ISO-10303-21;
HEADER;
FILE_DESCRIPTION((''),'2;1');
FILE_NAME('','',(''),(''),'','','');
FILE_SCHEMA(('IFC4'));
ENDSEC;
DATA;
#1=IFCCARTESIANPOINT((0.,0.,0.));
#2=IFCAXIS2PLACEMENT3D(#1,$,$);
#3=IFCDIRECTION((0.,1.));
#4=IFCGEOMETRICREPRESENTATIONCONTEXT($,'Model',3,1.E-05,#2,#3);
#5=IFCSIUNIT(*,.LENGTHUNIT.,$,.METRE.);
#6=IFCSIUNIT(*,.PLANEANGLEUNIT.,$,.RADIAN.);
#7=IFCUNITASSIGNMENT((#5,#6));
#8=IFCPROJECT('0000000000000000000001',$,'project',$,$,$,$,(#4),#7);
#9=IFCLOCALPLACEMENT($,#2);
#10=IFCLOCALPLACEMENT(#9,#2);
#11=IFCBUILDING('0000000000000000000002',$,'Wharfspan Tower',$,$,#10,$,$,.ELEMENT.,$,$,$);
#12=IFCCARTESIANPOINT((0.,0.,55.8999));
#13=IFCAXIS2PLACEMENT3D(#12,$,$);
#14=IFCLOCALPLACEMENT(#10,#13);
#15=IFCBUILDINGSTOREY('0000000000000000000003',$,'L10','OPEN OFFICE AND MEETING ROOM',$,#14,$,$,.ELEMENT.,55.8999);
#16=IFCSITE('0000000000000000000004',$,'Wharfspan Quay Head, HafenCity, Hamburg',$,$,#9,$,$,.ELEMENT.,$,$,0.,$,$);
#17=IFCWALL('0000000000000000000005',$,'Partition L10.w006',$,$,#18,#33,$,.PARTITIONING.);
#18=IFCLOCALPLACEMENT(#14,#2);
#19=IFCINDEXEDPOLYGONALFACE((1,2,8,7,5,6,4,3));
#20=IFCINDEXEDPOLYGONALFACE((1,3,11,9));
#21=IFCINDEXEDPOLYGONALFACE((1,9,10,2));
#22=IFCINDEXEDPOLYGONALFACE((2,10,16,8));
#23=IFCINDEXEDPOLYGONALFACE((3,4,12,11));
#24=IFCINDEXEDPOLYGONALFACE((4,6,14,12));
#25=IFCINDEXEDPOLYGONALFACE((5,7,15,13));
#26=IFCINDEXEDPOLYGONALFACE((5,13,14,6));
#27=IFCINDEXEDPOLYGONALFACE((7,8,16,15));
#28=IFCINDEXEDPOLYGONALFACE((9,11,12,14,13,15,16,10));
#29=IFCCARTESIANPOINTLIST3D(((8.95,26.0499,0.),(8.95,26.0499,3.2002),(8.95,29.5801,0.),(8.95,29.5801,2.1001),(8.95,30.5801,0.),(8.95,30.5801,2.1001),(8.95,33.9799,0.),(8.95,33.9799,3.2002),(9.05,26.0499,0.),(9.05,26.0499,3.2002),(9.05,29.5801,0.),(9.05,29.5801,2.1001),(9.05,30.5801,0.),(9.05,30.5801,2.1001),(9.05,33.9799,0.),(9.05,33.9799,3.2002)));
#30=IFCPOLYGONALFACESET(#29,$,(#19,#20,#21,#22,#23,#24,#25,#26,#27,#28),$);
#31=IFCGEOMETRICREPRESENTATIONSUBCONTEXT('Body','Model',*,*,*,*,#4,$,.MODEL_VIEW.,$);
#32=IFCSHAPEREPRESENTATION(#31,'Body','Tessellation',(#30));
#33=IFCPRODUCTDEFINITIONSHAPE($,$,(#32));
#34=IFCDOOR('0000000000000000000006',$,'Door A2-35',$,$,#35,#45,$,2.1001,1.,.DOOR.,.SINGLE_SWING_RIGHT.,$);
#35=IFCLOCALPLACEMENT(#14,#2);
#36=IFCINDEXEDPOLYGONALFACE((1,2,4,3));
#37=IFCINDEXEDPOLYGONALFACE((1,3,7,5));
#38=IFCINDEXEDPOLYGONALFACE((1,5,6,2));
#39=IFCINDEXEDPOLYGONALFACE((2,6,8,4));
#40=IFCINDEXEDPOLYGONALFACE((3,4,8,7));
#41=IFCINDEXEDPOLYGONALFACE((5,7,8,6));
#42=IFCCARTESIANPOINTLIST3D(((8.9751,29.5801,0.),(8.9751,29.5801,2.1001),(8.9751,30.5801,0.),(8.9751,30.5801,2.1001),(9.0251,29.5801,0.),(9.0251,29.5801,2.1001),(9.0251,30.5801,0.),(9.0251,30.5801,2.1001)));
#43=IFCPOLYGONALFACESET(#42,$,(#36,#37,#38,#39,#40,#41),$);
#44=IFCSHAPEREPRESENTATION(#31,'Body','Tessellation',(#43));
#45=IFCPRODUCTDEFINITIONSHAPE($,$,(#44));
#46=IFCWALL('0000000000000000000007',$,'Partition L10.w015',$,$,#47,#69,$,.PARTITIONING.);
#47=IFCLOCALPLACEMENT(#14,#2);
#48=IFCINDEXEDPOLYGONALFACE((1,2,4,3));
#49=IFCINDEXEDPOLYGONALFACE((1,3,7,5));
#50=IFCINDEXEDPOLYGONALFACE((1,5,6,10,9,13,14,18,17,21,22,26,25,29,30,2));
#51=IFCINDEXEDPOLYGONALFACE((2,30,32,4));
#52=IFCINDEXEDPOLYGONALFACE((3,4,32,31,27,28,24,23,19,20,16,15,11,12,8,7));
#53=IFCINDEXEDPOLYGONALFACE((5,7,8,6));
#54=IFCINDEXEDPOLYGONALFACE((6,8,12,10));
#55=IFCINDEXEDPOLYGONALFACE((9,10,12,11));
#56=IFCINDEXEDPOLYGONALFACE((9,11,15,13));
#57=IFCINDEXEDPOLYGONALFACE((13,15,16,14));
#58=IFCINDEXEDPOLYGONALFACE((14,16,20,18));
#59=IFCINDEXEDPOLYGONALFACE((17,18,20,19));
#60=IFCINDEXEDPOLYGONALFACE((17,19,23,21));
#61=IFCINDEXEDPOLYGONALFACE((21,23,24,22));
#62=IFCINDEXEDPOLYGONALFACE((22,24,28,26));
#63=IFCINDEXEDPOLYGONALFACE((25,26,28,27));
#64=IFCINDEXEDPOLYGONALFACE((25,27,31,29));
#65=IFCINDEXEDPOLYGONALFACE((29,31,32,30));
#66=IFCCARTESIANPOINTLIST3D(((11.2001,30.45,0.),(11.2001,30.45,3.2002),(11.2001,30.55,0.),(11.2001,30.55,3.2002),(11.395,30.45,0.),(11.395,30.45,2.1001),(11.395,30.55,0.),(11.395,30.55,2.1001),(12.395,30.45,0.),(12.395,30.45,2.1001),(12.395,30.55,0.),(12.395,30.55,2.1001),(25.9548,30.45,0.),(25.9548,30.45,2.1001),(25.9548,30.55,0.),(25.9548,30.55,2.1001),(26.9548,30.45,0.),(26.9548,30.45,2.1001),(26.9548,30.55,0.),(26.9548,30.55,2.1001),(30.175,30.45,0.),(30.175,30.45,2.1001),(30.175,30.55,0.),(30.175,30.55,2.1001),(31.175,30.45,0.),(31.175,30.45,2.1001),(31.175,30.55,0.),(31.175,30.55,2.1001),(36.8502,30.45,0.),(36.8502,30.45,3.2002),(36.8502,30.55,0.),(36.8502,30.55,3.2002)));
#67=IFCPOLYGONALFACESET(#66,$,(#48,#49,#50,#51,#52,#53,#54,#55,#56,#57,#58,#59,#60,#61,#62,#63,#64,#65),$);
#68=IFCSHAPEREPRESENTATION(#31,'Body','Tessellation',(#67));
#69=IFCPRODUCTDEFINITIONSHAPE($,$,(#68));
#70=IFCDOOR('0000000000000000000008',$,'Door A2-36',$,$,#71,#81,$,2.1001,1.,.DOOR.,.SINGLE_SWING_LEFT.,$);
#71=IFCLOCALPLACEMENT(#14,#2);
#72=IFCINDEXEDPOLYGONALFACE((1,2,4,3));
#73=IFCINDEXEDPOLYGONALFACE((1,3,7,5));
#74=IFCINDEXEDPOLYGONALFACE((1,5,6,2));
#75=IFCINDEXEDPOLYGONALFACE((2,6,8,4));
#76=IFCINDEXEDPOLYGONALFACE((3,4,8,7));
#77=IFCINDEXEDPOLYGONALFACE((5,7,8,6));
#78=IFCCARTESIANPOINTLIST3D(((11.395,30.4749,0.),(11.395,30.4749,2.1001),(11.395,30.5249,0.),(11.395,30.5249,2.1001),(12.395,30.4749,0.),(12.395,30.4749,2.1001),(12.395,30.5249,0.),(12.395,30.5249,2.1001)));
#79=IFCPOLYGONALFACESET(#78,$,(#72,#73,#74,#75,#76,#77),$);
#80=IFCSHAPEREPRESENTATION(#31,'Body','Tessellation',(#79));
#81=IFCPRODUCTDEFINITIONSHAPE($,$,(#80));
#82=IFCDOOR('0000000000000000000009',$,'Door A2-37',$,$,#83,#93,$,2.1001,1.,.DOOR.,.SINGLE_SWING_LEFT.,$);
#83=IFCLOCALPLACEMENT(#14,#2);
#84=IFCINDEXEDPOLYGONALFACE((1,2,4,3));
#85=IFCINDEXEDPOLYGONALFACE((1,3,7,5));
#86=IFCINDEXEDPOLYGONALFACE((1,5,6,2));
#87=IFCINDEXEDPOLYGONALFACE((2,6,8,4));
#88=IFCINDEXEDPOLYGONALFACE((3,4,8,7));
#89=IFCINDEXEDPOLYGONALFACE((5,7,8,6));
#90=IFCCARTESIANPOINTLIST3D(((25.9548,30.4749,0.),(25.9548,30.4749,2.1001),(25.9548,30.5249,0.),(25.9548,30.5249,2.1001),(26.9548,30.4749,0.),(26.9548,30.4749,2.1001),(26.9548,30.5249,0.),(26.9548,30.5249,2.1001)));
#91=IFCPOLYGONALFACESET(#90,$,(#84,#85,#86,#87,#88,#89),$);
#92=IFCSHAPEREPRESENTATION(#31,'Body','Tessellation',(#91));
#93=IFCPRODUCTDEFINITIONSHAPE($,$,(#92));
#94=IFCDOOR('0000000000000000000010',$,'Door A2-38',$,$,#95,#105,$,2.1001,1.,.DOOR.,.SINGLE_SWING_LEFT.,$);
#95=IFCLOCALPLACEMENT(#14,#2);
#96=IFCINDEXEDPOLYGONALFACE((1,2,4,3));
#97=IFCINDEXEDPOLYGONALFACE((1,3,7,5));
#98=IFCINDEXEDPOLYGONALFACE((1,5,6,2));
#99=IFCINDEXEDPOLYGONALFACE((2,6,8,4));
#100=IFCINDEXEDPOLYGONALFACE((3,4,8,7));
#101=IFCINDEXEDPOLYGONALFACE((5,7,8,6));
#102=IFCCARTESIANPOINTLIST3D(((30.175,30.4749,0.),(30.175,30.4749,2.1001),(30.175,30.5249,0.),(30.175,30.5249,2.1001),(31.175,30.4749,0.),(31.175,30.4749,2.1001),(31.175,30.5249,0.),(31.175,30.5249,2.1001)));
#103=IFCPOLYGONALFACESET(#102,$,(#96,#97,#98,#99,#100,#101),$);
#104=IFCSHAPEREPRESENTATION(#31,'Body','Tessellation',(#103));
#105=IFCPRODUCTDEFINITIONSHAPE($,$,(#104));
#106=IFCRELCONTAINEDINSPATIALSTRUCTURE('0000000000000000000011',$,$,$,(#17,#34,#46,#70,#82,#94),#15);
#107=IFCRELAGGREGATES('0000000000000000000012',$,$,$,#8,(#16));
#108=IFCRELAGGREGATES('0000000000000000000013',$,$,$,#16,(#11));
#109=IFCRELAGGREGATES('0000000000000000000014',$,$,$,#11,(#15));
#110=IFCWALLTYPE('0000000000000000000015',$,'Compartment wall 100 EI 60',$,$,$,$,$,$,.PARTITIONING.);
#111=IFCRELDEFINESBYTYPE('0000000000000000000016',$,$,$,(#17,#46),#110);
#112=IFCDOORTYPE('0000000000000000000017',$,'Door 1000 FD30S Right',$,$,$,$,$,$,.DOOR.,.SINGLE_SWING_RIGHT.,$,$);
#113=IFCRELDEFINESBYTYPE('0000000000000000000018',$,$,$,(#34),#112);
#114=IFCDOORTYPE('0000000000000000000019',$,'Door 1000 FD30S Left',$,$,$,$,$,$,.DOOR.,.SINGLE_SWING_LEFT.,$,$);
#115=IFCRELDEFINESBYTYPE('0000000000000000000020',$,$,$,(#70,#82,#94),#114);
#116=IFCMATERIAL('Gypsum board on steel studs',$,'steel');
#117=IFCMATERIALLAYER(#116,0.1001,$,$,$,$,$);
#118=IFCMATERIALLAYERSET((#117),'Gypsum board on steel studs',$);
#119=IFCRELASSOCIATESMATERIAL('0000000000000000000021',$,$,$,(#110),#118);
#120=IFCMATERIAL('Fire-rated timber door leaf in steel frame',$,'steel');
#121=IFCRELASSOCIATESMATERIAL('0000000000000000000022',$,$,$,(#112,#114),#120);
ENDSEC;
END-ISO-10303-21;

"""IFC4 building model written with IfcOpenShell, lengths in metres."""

from ifc_helpers import new_model, si_unit, direction, frame, frame_2d, origin, place, context, subcontext, project, spatial, rectangle, extrude, material, layer, layer_set, type_object, element, fill, save


model = new_model("IFC4")

# Units and contexts
model_context = context("Model", 3, precision=1e-05, world=origin(), true_north=direction((0.0, 1.0)))
body_context = subcontext(model_context, "Body", "Model", "MODEL_VIEW")
ifc_project = project(units=[si_unit("LENGTHUNIT", "METRE"), si_unit("PLANEANGLEUNIT", "RADIAN")], contexts=[model_context])

# Site, building, storey
site_placement = place(None, origin())
site = spatial("IfcSite", under=ifc_project, at=site_placement, Name="Wharfspan Quay Head, HafenCity, Hamburg", CompositionType="ELEMENT", RefElevation=0.0)
building_placement = place(site_placement, origin())
building = spatial("IfcBuilding", under=site, at=building_placement, Name="Wharfspan Tower", CompositionType="ELEMENT")
storey_placement = place(building_placement, frame((0.0, 0.0, 55.8999)))
storey = spatial("IfcBuildingStorey", under=building, at=storey_placement, Name="L10", Description="OPEN OFFICE AND MEETING ROOM", CompositionType="ELEMENT", Elevation=55.8999)

# Wall, opening, door
ifc_material_1 = material(Name="Gypsum board on steel studs", Category="steel")
ifc_layer = layer(ifc_material_1, 0.1001)
ifc_layer_set = layer_set([ifc_layer], Name="Gypsum board on steel studs")
wall_type = type_object("IfcWallType", Name="Compartment wall 100 EI 60", PredefinedType="PARTITIONING", material=ifc_layer_set)
wall_1_placement = place(storey_placement, frame((9.0, 26.05, 0.0), z_axis=(0.0, 0.0, 1.0), x_axis=(0.0, 1.0, 0.0)))
wall_1 = element("IfcWall", 1, at=wall_1_placement, inside=storey, type_object=wall_type, Name="Partition L10.w006", PredefinedType="PARTITIONING", context=body_context, shape_type="SweptSolid", body=[
    extrude(rectangle(XDim=7.9299, YDim=0.1001, at=frame_2d((3.9648, 0.0))), origin(), (0.0, 0.0, 1.0), 3.2002),
])
opening_1_placement = place(wall_1_placement, frame((3.53, 0.0, 0.0)))
opening_1 = element("IfcOpeningElement", 2, at=opening_1_placement, cuts=wall_1, PredefinedType="OPENING", context=body_context, shape_type="SweptSolid", body=[
    extrude(rectangle(XDim=1.0, YDim=2.1001, at=frame_2d((0.5, 1.05))), frame((0.0, 0.0601, 0.0), z_axis=(0.0, -1.0, 0.0), x_axis=(1.0, 0.0, 0.0)), (0.0, 0.0, 1.0), 0.1201),
])
ifc_material_2 = material(Name="Fire-rated timber door leaf in steel frame", Category="steel")
door_type_1 = type_object("IfcDoorType", Name="Door 1000 FD30S Right", OperationType="SINGLE_SWING_RIGHT", PredefinedType="DOOR", material=ifc_material_2)
door_1_placement = place(opening_1_placement, origin())
door_1 = element("IfcDoor", 3, at=door_1_placement, inside=storey, type_object=door_type_1, Name="Door A2-35", OperationType="SINGLE_SWING_RIGHT", OverallHeight=2.1001, OverallWidth=1.0, PredefinedType="DOOR", context=body_context, shape_type="SweptSolid", body=[
    extrude(rectangle(XDim=1.0, YDim=2.1001, at=frame_2d((0.5, 1.05))), frame((0.0, 0.0249, 0.0), z_axis=(0.0, -1.0, 0.0), x_axis=(1.0, 0.0, 0.0)), (0.0, 0.0, 1.0), 0.05),
])
fill(opening_1, door_1)

# Wall, openings, doors
wall_2_placement = place(storey_placement, frame((11.2, 30.5, 0.0), z_axis=(0.0, 0.0, 1.0), x_axis=(1.0, 0.0, 0.0)))
wall_2 = element("IfcWall", 4, at=wall_2_placement, inside=storey, type_object=wall_type, Name="Partition L10.w015", PredefinedType="PARTITIONING", context=body_context, shape_type="SweptSolid", body=[
    extrude(rectangle(XDim=25.6501, YDim=0.1001, at=frame_2d((12.8252, 0.0))), origin(), (0.0, 0.0, 1.0), 3.2002),
])
opening_2_placement = place(wall_2_placement, frame((0.1951, 0.0, 0.0)))
opening_2 = element("IfcOpeningElement", 5, at=opening_2_placement, cuts=wall_2, PredefinedType="OPENING", context=body_context, shape_type="SweptSolid", body=[
    extrude(rectangle(XDim=1.0, YDim=2.1001, at=frame_2d((0.5, 1.05))), frame((0.0, 0.0601, 0.0), z_axis=(0.0, -1.0, 0.0), x_axis=(1.0, 0.0, 0.0)), (0.0, 0.0, 1.0), 0.1201),
])
opening_3_placement = place(wall_2_placement, frame((14.7549, 0.0, 0.0)))
opening_3 = element("IfcOpeningElement", 6, at=opening_3_placement, cuts=wall_2, PredefinedType="OPENING", context=body_context, shape_type="SweptSolid", body=[
    extrude(rectangle(XDim=1.0, YDim=2.1001, at=frame_2d((0.5, 1.05))), frame((0.0, 0.0601, 0.0), z_axis=(0.0, -1.0, 0.0), x_axis=(1.0, 0.0, 0.0)), (0.0, 0.0, 1.0), 0.1201),
])
opening_4_placement = place(wall_2_placement, frame((18.9751, 0.0, 0.0)))
opening_4 = element("IfcOpeningElement", 7, at=opening_4_placement, cuts=wall_2, PredefinedType="OPENING", context=body_context, shape_type="SweptSolid", body=[
    extrude(rectangle(XDim=1.0, YDim=2.1001, at=frame_2d((0.5, 1.05))), frame((0.0, 0.0601, 0.0), z_axis=(0.0, -1.0, 0.0), x_axis=(1.0, 0.0, 0.0)), (0.0, 0.0, 1.0), 0.1201),
])
door_type_2 = type_object("IfcDoorType", Name="Door 1000 FD30S Left", OperationType="SINGLE_SWING_LEFT", PredefinedType="DOOR", material=ifc_material_2)
door_2_placement = place(opening_2_placement, origin())
door_2 = element("IfcDoor", 8, at=door_2_placement, inside=storey, type_object=door_type_2, Name="Door A2-36", OperationType="SINGLE_SWING_LEFT", OverallHeight=2.1001, OverallWidth=1.0, PredefinedType="DOOR", context=body_context, shape_type="SweptSolid", body=[
    extrude(rectangle(XDim=1.0, YDim=2.1001, at=frame_2d((0.5, 1.05))), frame((0.0, 0.0249, 0.0), z_axis=(0.0, -1.0, 0.0), x_axis=(1.0, 0.0, 0.0)), (0.0, 0.0, 1.0), 0.05),
])
fill(opening_2, door_2)
door_3_placement = place(opening_3_placement, origin())
door_3 = element("IfcDoor", 9, at=door_3_placement, inside=storey, type_object=door_type_2, Name="Door A2-37", OperationType="SINGLE_SWING_LEFT", OverallHeight=2.1001, OverallWidth=1.0, PredefinedType="DOOR", context=body_context, shape_type="SweptSolid", body=[
    extrude(rectangle(XDim=1.0, YDim=2.1001, at=frame_2d((0.5, 1.05))), frame((0.0, 0.0249, 0.0), z_axis=(0.0, -1.0, 0.0), x_axis=(1.0, 0.0, 0.0)), (0.0, 0.0, 1.0), 0.05),
])
fill(opening_3, door_3)
door_4_placement = place(opening_4_placement, origin())
door_4 = element("IfcDoor", 10, at=door_4_placement, inside=storey, type_object=door_type_2, Name="Door A2-38", OperationType="SINGLE_SWING_LEFT", OverallHeight=2.1001, OverallWidth=1.0, PredefinedType="DOOR", context=body_context, shape_type="SweptSolid", body=[
    extrude(rectangle(XDim=1.0, YDim=2.1001, at=frame_2d((0.5, 1.05))), frame((0.0, 0.0249, 0.0), z_axis=(0.0, -1.0, 0.0), x_axis=(1.0, 0.0, 0.0)), (0.0, 0.0, 1.0), 0.05),
])
fill(opening_4, door_4)

save(model, "model.ifc")
